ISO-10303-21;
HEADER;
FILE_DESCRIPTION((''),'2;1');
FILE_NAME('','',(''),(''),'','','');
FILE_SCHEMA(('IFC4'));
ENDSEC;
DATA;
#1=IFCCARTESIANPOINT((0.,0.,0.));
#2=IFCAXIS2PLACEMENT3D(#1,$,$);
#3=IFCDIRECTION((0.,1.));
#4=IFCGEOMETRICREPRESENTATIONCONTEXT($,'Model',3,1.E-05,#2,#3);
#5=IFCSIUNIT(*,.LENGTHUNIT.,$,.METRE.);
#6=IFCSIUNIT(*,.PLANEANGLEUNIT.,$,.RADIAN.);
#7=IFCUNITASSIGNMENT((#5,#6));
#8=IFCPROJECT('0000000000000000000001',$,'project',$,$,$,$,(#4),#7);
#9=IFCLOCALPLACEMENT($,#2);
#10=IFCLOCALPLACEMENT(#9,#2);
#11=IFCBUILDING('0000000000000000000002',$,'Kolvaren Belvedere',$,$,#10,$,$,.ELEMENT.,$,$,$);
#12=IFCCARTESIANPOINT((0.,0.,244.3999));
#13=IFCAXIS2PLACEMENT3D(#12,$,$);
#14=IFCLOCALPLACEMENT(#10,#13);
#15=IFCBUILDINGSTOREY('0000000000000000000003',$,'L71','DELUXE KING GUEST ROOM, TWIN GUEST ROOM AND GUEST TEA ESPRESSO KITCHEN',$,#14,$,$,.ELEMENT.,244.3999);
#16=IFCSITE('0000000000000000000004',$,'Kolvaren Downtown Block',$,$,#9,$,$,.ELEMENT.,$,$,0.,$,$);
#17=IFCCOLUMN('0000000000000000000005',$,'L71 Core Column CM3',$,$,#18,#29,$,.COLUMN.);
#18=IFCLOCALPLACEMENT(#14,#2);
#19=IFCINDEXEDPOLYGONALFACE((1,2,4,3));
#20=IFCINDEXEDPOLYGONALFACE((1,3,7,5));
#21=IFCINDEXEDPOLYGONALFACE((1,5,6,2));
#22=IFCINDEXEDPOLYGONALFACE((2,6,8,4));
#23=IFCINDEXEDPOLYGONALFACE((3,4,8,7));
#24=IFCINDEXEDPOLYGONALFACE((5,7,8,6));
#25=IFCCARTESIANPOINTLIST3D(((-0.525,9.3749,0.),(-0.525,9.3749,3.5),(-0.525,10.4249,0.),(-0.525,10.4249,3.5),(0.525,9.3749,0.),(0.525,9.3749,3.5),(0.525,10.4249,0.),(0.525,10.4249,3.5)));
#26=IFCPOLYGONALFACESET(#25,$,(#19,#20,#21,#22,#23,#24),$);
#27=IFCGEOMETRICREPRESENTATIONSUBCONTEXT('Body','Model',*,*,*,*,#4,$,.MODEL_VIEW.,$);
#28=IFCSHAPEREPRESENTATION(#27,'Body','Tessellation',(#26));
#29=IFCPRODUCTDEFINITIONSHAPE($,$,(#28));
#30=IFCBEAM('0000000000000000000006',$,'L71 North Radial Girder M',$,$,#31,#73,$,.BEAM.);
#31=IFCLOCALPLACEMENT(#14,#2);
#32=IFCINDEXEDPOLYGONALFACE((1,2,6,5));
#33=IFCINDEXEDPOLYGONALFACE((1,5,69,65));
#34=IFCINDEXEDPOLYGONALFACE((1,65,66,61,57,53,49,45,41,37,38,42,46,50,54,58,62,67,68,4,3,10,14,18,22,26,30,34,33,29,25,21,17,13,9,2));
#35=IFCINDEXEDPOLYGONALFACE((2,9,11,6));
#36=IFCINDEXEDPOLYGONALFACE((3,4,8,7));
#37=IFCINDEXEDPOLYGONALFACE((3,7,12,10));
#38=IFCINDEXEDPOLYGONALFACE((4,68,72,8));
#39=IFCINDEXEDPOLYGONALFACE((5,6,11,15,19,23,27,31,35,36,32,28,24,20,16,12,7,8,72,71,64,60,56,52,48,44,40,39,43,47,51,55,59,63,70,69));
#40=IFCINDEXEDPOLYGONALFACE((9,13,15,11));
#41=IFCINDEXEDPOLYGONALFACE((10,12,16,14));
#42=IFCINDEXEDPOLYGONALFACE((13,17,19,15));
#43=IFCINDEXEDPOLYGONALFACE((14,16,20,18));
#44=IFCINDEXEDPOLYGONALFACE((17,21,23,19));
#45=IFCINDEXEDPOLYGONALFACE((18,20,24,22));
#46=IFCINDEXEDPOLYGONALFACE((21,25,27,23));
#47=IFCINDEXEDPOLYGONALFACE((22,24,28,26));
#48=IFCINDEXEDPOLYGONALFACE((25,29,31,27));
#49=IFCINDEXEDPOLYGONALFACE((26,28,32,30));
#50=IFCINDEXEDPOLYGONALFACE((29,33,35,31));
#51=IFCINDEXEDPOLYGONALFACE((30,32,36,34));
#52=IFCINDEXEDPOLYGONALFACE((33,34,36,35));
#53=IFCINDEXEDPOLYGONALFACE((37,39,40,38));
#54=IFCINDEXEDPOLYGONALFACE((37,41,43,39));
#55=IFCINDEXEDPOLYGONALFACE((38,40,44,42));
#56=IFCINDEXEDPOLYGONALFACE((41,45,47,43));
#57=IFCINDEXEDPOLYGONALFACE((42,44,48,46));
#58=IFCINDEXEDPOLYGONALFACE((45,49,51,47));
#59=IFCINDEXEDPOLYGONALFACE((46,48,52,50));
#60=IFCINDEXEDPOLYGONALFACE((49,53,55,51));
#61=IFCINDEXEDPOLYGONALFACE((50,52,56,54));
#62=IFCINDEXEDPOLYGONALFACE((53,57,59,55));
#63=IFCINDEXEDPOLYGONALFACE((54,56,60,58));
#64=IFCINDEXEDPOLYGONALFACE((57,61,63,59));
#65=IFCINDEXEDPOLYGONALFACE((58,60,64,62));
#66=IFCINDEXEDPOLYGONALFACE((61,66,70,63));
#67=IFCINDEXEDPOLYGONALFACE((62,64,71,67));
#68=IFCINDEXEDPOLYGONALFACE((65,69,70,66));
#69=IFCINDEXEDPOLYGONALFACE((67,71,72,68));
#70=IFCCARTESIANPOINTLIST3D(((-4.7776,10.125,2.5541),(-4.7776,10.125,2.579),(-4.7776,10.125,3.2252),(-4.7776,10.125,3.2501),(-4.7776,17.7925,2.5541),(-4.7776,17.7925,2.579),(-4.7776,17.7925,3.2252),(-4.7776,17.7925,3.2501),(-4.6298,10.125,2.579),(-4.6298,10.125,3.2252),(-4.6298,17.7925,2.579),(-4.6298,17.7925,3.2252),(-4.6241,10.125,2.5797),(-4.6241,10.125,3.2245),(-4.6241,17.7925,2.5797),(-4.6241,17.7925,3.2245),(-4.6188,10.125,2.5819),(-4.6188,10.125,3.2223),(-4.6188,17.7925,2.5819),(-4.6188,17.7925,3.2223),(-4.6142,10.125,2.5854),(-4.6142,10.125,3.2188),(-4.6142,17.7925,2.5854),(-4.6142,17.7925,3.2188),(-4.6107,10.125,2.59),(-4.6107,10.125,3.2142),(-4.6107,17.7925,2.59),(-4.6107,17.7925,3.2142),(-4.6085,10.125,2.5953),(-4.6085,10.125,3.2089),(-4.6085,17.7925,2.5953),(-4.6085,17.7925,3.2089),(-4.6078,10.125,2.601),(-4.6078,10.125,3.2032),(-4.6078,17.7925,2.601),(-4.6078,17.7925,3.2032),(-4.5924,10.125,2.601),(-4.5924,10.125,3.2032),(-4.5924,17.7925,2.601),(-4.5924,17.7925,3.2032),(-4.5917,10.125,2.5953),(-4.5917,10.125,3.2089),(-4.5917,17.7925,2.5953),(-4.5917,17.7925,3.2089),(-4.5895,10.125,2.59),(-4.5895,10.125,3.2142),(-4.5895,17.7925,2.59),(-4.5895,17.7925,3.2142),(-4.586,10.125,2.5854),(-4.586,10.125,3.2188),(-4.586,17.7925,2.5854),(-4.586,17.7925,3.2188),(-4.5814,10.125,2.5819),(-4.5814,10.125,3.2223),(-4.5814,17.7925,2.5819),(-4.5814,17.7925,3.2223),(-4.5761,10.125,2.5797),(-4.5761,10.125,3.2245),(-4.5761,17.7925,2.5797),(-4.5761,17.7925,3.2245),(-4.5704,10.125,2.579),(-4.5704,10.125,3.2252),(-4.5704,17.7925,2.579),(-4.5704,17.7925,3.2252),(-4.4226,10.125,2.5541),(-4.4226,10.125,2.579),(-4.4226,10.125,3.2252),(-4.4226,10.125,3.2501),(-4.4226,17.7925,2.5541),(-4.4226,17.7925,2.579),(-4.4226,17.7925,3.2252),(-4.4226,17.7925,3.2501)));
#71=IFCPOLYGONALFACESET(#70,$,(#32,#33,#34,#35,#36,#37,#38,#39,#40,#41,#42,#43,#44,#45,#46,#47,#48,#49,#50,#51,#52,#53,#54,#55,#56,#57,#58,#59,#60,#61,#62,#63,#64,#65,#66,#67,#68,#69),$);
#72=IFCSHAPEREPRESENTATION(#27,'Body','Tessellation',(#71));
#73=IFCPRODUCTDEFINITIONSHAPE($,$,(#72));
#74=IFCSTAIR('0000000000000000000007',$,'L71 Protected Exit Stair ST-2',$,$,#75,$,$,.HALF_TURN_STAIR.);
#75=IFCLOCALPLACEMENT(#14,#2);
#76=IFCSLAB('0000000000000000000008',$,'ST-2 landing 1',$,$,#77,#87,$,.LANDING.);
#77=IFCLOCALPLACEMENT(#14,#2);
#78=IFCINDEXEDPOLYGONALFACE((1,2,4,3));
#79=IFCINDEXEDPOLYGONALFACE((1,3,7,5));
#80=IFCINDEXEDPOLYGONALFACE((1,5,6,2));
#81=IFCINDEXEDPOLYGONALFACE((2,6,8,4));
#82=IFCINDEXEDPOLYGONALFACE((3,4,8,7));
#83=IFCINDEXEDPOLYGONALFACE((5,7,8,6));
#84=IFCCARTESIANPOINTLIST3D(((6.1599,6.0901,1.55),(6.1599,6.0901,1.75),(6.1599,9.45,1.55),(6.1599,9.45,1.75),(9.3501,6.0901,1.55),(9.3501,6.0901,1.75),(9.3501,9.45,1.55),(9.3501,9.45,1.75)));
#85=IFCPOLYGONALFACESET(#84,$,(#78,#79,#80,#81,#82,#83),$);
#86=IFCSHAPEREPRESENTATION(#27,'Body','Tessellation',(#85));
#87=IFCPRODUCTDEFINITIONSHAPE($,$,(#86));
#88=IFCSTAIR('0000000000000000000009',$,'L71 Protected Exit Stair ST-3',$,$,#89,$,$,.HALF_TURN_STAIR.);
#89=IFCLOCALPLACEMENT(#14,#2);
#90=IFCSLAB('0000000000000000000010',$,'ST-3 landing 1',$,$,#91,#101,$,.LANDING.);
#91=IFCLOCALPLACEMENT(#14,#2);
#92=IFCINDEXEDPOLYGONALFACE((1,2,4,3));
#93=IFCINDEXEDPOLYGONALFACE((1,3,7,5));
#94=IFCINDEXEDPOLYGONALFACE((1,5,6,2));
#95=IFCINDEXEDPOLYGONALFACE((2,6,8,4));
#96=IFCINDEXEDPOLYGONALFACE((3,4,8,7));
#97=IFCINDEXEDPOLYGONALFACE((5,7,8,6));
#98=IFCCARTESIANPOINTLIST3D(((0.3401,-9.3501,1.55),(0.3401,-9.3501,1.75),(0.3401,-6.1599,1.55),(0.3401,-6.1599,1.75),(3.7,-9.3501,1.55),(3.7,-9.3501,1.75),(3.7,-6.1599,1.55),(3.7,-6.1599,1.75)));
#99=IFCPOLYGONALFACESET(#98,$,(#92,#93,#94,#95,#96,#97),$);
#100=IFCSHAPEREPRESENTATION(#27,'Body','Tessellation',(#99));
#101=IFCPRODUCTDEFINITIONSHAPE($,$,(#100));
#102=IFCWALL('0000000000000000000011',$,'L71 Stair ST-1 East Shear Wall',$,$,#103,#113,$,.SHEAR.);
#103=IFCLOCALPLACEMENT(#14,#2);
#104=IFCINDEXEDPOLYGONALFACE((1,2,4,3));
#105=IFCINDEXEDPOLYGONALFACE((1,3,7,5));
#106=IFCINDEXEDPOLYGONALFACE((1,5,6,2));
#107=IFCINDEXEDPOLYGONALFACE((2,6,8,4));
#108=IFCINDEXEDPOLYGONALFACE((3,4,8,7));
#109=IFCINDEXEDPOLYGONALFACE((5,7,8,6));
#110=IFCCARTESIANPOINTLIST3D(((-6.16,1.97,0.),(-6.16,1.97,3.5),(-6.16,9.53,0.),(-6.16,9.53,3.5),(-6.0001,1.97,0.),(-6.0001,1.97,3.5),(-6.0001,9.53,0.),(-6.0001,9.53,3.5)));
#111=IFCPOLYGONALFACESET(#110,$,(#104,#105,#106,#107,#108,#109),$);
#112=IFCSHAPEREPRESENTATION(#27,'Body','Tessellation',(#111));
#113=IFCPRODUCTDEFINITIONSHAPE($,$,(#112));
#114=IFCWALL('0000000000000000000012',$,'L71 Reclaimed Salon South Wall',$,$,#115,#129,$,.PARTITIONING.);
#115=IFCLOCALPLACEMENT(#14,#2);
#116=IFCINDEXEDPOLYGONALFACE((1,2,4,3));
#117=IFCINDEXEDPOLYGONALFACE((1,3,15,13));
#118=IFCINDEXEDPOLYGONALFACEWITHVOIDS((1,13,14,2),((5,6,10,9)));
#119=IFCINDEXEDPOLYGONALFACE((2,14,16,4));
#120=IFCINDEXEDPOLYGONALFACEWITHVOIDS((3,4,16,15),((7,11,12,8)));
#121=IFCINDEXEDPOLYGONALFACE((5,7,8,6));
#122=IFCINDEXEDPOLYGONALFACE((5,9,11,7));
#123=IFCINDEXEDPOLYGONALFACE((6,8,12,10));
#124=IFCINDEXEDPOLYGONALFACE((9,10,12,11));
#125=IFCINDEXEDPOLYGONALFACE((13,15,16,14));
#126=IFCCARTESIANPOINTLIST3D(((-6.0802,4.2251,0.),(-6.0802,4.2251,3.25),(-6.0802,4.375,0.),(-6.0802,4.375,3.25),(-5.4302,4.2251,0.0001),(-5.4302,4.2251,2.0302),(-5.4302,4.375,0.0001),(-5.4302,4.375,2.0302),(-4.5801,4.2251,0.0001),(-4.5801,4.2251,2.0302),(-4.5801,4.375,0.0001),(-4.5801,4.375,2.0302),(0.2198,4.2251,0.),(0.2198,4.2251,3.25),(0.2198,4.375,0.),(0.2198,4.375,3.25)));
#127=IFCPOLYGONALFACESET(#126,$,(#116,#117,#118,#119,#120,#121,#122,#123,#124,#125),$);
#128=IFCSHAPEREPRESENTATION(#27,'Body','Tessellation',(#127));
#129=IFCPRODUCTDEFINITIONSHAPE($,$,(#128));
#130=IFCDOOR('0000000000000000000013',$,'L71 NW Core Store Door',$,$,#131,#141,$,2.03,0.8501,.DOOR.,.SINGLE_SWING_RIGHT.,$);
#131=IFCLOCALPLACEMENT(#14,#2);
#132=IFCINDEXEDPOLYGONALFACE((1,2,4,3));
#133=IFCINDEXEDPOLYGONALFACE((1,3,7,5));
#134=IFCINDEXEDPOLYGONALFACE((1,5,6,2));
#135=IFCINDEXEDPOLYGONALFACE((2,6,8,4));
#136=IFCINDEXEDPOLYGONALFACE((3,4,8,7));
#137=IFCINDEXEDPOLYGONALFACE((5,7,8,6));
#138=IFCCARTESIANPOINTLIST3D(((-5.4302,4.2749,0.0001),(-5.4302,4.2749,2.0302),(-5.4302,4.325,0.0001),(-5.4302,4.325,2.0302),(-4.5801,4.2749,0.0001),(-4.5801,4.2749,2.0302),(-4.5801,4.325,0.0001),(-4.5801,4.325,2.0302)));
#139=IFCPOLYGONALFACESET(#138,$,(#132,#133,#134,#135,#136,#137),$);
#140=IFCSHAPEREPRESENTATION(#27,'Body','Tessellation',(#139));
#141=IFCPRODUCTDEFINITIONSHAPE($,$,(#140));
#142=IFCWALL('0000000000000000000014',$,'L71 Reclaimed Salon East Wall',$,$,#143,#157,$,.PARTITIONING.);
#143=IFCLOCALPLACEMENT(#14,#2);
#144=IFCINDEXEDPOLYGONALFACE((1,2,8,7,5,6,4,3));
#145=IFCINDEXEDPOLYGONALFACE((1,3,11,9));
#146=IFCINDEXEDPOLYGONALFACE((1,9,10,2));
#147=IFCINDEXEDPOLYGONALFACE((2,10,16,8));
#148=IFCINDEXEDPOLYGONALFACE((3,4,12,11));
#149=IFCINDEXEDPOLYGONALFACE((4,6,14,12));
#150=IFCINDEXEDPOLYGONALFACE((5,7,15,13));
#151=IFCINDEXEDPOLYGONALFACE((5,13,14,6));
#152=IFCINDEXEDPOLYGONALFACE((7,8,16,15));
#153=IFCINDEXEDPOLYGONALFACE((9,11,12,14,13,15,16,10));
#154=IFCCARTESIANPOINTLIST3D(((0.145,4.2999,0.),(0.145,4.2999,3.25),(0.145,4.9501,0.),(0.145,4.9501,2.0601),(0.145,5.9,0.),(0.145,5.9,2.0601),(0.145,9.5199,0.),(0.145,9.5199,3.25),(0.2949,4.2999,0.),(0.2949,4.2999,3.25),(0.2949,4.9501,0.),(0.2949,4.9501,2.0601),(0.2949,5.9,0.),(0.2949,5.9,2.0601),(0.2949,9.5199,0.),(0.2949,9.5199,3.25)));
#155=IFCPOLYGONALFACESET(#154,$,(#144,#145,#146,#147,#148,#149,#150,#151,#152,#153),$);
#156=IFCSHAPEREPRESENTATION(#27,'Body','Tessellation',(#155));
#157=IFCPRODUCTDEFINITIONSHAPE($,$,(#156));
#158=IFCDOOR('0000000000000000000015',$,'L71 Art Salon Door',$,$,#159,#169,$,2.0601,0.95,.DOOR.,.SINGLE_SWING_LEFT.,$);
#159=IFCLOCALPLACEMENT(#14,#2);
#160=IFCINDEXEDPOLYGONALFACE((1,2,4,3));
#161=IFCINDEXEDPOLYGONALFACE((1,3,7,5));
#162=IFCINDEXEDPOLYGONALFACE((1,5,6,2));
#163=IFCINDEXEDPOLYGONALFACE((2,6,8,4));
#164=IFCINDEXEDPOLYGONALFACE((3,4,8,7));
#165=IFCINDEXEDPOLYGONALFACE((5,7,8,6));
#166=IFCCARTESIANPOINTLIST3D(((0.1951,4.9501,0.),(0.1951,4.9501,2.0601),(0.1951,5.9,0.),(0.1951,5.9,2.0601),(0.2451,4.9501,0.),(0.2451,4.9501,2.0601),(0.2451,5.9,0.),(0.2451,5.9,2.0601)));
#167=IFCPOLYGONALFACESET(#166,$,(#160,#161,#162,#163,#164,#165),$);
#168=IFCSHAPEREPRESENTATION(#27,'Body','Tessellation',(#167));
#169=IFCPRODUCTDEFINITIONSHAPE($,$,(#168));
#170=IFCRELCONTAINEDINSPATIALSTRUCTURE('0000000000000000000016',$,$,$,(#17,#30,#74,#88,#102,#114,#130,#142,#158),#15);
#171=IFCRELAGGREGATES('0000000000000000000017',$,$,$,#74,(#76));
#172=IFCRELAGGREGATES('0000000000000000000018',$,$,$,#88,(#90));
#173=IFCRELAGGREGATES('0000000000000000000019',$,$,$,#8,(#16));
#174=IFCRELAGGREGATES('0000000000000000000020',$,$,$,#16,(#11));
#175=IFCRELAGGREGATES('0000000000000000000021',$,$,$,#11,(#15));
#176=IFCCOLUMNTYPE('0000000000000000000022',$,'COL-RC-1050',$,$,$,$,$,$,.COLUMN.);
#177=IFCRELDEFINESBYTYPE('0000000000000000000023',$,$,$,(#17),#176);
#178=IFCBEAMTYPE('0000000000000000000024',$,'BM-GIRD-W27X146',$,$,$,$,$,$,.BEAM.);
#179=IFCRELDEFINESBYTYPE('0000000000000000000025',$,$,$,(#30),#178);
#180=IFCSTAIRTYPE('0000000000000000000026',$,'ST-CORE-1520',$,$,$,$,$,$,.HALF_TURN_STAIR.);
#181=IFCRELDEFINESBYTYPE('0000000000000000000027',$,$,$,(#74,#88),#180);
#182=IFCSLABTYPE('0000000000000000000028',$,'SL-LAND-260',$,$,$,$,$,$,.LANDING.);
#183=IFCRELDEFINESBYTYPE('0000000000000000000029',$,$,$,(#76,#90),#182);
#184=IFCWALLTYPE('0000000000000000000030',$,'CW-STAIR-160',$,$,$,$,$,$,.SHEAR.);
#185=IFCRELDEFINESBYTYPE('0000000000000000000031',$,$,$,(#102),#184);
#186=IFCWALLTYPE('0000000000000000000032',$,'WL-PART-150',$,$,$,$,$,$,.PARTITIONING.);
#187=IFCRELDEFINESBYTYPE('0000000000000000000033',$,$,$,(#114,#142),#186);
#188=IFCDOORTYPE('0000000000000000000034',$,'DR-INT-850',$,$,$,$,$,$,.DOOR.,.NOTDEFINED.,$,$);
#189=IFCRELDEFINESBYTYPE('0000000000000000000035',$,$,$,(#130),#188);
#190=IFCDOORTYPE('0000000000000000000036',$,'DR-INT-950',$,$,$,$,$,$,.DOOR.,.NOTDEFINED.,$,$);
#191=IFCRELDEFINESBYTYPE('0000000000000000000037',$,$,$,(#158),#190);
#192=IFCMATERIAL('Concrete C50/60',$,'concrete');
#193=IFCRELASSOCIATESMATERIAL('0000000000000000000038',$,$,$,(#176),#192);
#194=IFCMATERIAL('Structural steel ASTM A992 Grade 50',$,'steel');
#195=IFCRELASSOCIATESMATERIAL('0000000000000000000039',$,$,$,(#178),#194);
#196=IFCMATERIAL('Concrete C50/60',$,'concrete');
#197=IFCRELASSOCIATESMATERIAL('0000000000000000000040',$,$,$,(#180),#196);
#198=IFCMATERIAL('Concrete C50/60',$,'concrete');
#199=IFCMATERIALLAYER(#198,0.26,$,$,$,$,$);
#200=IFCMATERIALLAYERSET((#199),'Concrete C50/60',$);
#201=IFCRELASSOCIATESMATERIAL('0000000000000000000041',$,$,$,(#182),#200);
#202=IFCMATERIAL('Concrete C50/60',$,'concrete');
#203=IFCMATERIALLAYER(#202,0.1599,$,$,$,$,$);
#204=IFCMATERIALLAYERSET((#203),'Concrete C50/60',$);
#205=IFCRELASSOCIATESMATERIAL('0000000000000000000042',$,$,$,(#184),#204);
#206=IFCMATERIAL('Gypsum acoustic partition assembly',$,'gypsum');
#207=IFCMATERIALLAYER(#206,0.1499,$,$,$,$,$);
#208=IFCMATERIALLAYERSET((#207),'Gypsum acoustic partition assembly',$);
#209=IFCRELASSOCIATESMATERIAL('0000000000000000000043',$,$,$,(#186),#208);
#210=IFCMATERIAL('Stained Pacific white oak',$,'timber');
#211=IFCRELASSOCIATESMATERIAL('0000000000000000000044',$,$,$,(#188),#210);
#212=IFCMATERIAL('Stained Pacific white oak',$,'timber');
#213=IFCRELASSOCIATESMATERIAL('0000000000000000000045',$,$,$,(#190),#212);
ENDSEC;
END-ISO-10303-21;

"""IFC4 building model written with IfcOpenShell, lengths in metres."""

from ifc_helpers import new_model, si_unit, direction, frame, frame_2d, origin, origin_2d, place, context, subcontext, project, spatial, polyline, rectangle, i_section, outline, extrude, material, layer, layer_set, material_profile, profile_set, type_object, element, fill, aggregate, save


model = new_model("IFC4")

# Units and contexts
model_context = context("Model", 3, precision=1e-05, world=origin(), true_north=direction((0.0, 1.0)))
body_context = subcontext(model_context, "Body", "Model", "MODEL_VIEW")
ifc_project = project(units=[si_unit("LENGTHUNIT", "METRE"), si_unit("PLANEANGLEUNIT", "RADIAN")], contexts=[model_context])

# Site, building, storey
site_placement = place(None, origin())
site = spatial("IfcSite", under=ifc_project, at=site_placement, Name="Kolvaren Downtown Block", CompositionType="ELEMENT", RefElevation=0.0)
building_placement = place(site_placement, origin())
building = spatial("IfcBuilding", under=site, at=building_placement, Name="Kolvaren Belvedere", CompositionType="ELEMENT")
storey_placement = place(building_placement, frame((0.0, 0.0, 244.3999)))
storey = spatial("IfcBuildingStorey", under=building, at=storey_placement, Name="L71", Description="DELUXE KING GUEST ROOM, TWIN GUEST ROOM AND GUEST TEA ESPRESSO KITCHEN", CompositionType="ELEMENT", Elevation=244.3999)

# Column
ifc_material_1 = material(Name="Concrete C50/60", Category="concrete")
ifc_material_profile_1 = material_profile(ifc_material_1, rectangle(XDim=1.05, YDim=1.05, at=origin_2d()), Name="RC 1050X1050")
ifc_profile_set_1 = profile_set([ifc_material_profile_1], Name="Concrete C50/60")
column_type = type_object("IfcColumnType", Name="COL-RC-1050", PredefinedType="COLUMN", material=ifc_profile_set_1)
column_placement = place(storey_placement, frame((0.0, 9.8999, 0.0), z_axis=(0.0, 0.0, 1.0), x_axis=(1.0, 0.0, 0.0)))
element("IfcColumn", 1, at=column_placement, inside=storey, type_object=column_type, Name="L71 Core Column CM3", PredefinedType="COLUMN", context=body_context, shape_type="SweptSolid", body=[
    extrude(rectangle(XDim=1.05, YDim=1.05, at=origin_2d()), origin(), (0.0, 0.0, 1.0), 3.5),
])

# Beam
ifc_material_2 = material(Name="Structural steel ASTM A992 Grade 50", Category="steel")
ifc_material_profile_2 = material_profile(ifc_material_2, i_section(OverallWidth=0.355, OverallDepth=0.696, WebThickness=0.0154, FlangeThickness=0.0249, FilletRadius=0.022, at=origin_2d()), Name="W27X146")
ifc_profile_set_2 = profile_set([ifc_material_profile_2], Name="Structural steel ASTM A992 Grade 50")
beam_type = type_object("IfcBeamType", Name="BM-GIRD-W27X146", PredefinedType="BEAM", material=ifc_profile_set_2)
beam_placement = place(storey_placement, frame((-4.6001, 10.125, 2.9021), z_axis=(0.0, 1.0, 0.0), x_axis=(-1.0, 0.0, 0.0)))
element("IfcBeam", 2, at=beam_placement, inside=storey, type_object=beam_type, Name="L71 North Radial Girder M", PredefinedType="BEAM", context=body_context, shape_type="SweptSolid", body=[
    extrude(i_section(OverallWidth=0.355, OverallDepth=0.696, WebThickness=0.0154, FlangeThickness=0.0249, FilletRadius=0.022, at=origin_2d()), origin(), (0.0, 0.0, 1.0), 7.6675),
])

# Stairs, slabs
ifc_material_3 = material(Name="Concrete C50/60", Category="concrete")
stair_type = type_object("IfcStairType", Name="ST-CORE-1520", PredefinedType="HALF_TURN_STAIR", material=ifc_material_3)
stair_1_placement = place(storey_placement, origin())
stair_1 = element("IfcStair", 3, at=stair_1_placement, inside=storey, type_object=stair_type, Name="L71 Protected Exit Stair ST-2", PredefinedType="HALF_TURN_STAIR")
ifc_material_4 = material(Name="Concrete C50/60", Category="concrete")
ifc_layer_1 = layer(ifc_material_4, 0.26)
ifc_layer_set_1 = layer_set([ifc_layer_1], Name="Concrete C50/60")
slab_type = type_object("IfcSlabType", Name="SL-LAND-260", PredefinedType="LANDING", material=ifc_layer_set_1)
slab_1_placement = place(storey_placement, frame((0.0, 0.0, 1.55)))
slab_1 = element("IfcSlab", 4, at=slab_1_placement, type_object=slab_type, Name="ST-2 landing 1", PredefinedType="LANDING", context=body_context, shape_type="SweptSolid", body=[
    extrude(outline(polyline([(9.3501, 6.0901), (9.3501, 9.45), (6.1599, 9.45), (6.1599, 6.0901), (9.3501, 6.0901)])), origin(), (0.0, 0.0, 1.0), 0.2),
])
aggregate(stair_1, [slab_1])
stair_2_placement = place(storey_placement, origin())
stair_2 = element("IfcStair", 5, at=stair_2_placement, inside=storey, type_object=stair_type, Name="L71 Protected Exit Stair ST-3", PredefinedType="HALF_TURN_STAIR")
slab_2_placement = place(storey_placement, frame((0.0, 0.0, 1.55)))
slab_2 = element("IfcSlab", 6, at=slab_2_placement, type_object=slab_type, Name="ST-3 landing 1", PredefinedType="LANDING", context=body_context, shape_type="SweptSolid", body=[
    extrude(outline(polyline([(0.3401, -9.3501), (3.7, -9.3501), (3.7, -6.1599), (0.3401, -6.1599), (0.3401, -9.3501)])), origin(), (0.0, 0.0, 1.0), 0.2),
])
aggregate(stair_2, [slab_2])

# Wall
ifc_material_5 = material(Name="Concrete C50/60", Category="concrete")
ifc_layer_2 = layer(ifc_material_5, 0.1599)
ifc_layer_set_2 = layer_set([ifc_layer_2], Name="Concrete C50/60")
wall_type_1 = type_object("IfcWallType", Name="CW-STAIR-160", PredefinedType="SHEAR", material=ifc_layer_set_2)
wall_1_placement = place(storey_placement, frame((-6.0801, 1.97, 0.0), z_axis=(0.0, 0.0, 1.0), x_axis=(0.0, 1.0, 0.0)))
element("IfcWall", 7, at=wall_1_placement, inside=storey, type_object=wall_type_1, Name="L71 Stair ST-1 East Shear Wall", PredefinedType="SHEAR", context=body_context, shape_type="SweptSolid", body=[
    extrude(rectangle(XDim=7.5601, YDim=0.1599, at=frame_2d((3.78, 0.0))), origin(), (0.0, 0.0, 1.0), 3.5),
])

# Walls, openings, doors
ifc_material_6 = material(Name="Gypsum acoustic partition assembly", Category="gypsum")
ifc_layer_3 = layer(ifc_material_6, 0.1499)
ifc_layer_set_3 = layer_set([ifc_layer_3], Name="Gypsum acoustic partition assembly")
wall_type_2 = type_object("IfcWallType", Name="WL-PART-150", PredefinedType="PARTITIONING", material=ifc_layer_set_3)
wall_2_placement = place(storey_placement, frame((-6.0801, 4.3, 0.0), z_axis=(0.0, 0.0, 1.0), x_axis=(1.0, 0.0, 0.0)))
wall_2 = element("IfcWall", 8, at=wall_2_placement, inside=storey, type_object=wall_type_2, Name="L71 Reclaimed Salon South Wall", PredefinedType="PARTITIONING", context=body_context, shape_type="SweptSolid", body=[
    extrude(rectangle(XDim=6.3, YDim=0.1499, at=frame_2d((3.1499, 0.0))), origin(), (0.0, 0.0, 1.0), 3.25),
])
opening_1_placement = place(wall_2_placement, frame((0.6499, 0.0, 0.0)))
opening_1 = element("IfcOpeningElement", 9, at=opening_1_placement, cuts=wall_2, PredefinedType="OPENING", context=body_context, shape_type="SweptSolid", body=[
    extrude(rectangle(XDim=0.8501, YDim=2.03, at=frame_2d((0.425, 1.0151))), frame((0.0, 0.085, 0.0), z_axis=(0.0, -1.0, 0.0), x_axis=(1.0, 0.0, 0.0)), (0.0, 0.0, 1.0), 0.1699),
])
ifc_material_7 = material(Name="Stained Pacific white oak", Category="timber")
door_type_1 = type_object("IfcDoorType", Name="DR-INT-850", OperationType="NOTDEFINED", PredefinedType="DOOR", material=ifc_material_7)
door_1_placement = place(opening_1_placement, origin())
door_1 = element("IfcDoor", 10, at=door_1_placement, inside=storey, type_object=door_type_1, Name="L71 NW Core Store Door", OperationType="SINGLE_SWING_RIGHT", OverallHeight=2.03, OverallWidth=0.8501, PredefinedType="DOOR", context=body_context, shape_type="SweptSolid", body=[
    extrude(rectangle(XDim=0.8501, YDim=2.03, at=frame_2d((0.425, 1.0151))), frame((0.0, 0.0249, 0.0), z_axis=(0.0, -1.0, 0.0), x_axis=(1.0, 0.0, 0.0)), (0.0, 0.0, 1.0), 0.05),
])
fill(opening_1, door_1)
wall_3_placement = place(storey_placement, frame((0.22, 4.3, 0.0), z_axis=(0.0, 0.0, 1.0), x_axis=(0.0, 1.0, 0.0)))
wall_3 = element("IfcWall", 11, at=wall_3_placement, inside=storey, type_object=wall_type_2, Name="L71 Reclaimed Salon East Wall", PredefinedType="PARTITIONING", context=body_context, shape_type="SweptSolid", body=[
    extrude(rectangle(XDim=5.22, YDim=0.1499, at=frame_2d((2.6099, 0.0))), origin(), (0.0, 0.0, 1.0), 3.25),
])
opening_2_placement = place(wall_3_placement, frame((0.6499, 0.0, 0.0)))
opening_2 = element("IfcOpeningElement", 12, at=opening_2_placement, cuts=wall_3, PredefinedType="OPENING", context=body_context, shape_type="SweptSolid", body=[
    extrude(rectangle(XDim=0.95, YDim=2.0601, at=frame_2d((0.4751, 1.03))), frame((0.0, 0.085, 0.0), z_axis=(0.0, -1.0, 0.0), x_axis=(1.0, 0.0, 0.0)), (0.0, 0.0, 1.0), 0.1699),
])
ifc_material_8 = material(Name="Stained Pacific white oak", Category="timber")
door_type_2 = type_object("IfcDoorType", Name="DR-INT-950", OperationType="NOTDEFINED", PredefinedType="DOOR", material=ifc_material_8)
door_2_placement = place(opening_2_placement, origin())
door_2 = element("IfcDoor", 13, at=door_2_placement, inside=storey, type_object=door_type_2, Name="L71 Art Salon Door", OperationType="SINGLE_SWING_LEFT", OverallHeight=2.0601, OverallWidth=0.95, PredefinedType="DOOR", context=body_context, shape_type="SweptSolid", body=[
    extrude(rectangle(XDim=0.95, YDim=2.0601, at=frame_2d((0.4751, 1.03))), frame((0.0, 0.0249, 0.0), z_axis=(0.0, -1.0, 0.0), x_axis=(1.0, 0.0, 0.0)), (0.0, 0.0, 1.0), 0.05),
])
fill(opening_2, door_2)

save(model, "model.ifc")
